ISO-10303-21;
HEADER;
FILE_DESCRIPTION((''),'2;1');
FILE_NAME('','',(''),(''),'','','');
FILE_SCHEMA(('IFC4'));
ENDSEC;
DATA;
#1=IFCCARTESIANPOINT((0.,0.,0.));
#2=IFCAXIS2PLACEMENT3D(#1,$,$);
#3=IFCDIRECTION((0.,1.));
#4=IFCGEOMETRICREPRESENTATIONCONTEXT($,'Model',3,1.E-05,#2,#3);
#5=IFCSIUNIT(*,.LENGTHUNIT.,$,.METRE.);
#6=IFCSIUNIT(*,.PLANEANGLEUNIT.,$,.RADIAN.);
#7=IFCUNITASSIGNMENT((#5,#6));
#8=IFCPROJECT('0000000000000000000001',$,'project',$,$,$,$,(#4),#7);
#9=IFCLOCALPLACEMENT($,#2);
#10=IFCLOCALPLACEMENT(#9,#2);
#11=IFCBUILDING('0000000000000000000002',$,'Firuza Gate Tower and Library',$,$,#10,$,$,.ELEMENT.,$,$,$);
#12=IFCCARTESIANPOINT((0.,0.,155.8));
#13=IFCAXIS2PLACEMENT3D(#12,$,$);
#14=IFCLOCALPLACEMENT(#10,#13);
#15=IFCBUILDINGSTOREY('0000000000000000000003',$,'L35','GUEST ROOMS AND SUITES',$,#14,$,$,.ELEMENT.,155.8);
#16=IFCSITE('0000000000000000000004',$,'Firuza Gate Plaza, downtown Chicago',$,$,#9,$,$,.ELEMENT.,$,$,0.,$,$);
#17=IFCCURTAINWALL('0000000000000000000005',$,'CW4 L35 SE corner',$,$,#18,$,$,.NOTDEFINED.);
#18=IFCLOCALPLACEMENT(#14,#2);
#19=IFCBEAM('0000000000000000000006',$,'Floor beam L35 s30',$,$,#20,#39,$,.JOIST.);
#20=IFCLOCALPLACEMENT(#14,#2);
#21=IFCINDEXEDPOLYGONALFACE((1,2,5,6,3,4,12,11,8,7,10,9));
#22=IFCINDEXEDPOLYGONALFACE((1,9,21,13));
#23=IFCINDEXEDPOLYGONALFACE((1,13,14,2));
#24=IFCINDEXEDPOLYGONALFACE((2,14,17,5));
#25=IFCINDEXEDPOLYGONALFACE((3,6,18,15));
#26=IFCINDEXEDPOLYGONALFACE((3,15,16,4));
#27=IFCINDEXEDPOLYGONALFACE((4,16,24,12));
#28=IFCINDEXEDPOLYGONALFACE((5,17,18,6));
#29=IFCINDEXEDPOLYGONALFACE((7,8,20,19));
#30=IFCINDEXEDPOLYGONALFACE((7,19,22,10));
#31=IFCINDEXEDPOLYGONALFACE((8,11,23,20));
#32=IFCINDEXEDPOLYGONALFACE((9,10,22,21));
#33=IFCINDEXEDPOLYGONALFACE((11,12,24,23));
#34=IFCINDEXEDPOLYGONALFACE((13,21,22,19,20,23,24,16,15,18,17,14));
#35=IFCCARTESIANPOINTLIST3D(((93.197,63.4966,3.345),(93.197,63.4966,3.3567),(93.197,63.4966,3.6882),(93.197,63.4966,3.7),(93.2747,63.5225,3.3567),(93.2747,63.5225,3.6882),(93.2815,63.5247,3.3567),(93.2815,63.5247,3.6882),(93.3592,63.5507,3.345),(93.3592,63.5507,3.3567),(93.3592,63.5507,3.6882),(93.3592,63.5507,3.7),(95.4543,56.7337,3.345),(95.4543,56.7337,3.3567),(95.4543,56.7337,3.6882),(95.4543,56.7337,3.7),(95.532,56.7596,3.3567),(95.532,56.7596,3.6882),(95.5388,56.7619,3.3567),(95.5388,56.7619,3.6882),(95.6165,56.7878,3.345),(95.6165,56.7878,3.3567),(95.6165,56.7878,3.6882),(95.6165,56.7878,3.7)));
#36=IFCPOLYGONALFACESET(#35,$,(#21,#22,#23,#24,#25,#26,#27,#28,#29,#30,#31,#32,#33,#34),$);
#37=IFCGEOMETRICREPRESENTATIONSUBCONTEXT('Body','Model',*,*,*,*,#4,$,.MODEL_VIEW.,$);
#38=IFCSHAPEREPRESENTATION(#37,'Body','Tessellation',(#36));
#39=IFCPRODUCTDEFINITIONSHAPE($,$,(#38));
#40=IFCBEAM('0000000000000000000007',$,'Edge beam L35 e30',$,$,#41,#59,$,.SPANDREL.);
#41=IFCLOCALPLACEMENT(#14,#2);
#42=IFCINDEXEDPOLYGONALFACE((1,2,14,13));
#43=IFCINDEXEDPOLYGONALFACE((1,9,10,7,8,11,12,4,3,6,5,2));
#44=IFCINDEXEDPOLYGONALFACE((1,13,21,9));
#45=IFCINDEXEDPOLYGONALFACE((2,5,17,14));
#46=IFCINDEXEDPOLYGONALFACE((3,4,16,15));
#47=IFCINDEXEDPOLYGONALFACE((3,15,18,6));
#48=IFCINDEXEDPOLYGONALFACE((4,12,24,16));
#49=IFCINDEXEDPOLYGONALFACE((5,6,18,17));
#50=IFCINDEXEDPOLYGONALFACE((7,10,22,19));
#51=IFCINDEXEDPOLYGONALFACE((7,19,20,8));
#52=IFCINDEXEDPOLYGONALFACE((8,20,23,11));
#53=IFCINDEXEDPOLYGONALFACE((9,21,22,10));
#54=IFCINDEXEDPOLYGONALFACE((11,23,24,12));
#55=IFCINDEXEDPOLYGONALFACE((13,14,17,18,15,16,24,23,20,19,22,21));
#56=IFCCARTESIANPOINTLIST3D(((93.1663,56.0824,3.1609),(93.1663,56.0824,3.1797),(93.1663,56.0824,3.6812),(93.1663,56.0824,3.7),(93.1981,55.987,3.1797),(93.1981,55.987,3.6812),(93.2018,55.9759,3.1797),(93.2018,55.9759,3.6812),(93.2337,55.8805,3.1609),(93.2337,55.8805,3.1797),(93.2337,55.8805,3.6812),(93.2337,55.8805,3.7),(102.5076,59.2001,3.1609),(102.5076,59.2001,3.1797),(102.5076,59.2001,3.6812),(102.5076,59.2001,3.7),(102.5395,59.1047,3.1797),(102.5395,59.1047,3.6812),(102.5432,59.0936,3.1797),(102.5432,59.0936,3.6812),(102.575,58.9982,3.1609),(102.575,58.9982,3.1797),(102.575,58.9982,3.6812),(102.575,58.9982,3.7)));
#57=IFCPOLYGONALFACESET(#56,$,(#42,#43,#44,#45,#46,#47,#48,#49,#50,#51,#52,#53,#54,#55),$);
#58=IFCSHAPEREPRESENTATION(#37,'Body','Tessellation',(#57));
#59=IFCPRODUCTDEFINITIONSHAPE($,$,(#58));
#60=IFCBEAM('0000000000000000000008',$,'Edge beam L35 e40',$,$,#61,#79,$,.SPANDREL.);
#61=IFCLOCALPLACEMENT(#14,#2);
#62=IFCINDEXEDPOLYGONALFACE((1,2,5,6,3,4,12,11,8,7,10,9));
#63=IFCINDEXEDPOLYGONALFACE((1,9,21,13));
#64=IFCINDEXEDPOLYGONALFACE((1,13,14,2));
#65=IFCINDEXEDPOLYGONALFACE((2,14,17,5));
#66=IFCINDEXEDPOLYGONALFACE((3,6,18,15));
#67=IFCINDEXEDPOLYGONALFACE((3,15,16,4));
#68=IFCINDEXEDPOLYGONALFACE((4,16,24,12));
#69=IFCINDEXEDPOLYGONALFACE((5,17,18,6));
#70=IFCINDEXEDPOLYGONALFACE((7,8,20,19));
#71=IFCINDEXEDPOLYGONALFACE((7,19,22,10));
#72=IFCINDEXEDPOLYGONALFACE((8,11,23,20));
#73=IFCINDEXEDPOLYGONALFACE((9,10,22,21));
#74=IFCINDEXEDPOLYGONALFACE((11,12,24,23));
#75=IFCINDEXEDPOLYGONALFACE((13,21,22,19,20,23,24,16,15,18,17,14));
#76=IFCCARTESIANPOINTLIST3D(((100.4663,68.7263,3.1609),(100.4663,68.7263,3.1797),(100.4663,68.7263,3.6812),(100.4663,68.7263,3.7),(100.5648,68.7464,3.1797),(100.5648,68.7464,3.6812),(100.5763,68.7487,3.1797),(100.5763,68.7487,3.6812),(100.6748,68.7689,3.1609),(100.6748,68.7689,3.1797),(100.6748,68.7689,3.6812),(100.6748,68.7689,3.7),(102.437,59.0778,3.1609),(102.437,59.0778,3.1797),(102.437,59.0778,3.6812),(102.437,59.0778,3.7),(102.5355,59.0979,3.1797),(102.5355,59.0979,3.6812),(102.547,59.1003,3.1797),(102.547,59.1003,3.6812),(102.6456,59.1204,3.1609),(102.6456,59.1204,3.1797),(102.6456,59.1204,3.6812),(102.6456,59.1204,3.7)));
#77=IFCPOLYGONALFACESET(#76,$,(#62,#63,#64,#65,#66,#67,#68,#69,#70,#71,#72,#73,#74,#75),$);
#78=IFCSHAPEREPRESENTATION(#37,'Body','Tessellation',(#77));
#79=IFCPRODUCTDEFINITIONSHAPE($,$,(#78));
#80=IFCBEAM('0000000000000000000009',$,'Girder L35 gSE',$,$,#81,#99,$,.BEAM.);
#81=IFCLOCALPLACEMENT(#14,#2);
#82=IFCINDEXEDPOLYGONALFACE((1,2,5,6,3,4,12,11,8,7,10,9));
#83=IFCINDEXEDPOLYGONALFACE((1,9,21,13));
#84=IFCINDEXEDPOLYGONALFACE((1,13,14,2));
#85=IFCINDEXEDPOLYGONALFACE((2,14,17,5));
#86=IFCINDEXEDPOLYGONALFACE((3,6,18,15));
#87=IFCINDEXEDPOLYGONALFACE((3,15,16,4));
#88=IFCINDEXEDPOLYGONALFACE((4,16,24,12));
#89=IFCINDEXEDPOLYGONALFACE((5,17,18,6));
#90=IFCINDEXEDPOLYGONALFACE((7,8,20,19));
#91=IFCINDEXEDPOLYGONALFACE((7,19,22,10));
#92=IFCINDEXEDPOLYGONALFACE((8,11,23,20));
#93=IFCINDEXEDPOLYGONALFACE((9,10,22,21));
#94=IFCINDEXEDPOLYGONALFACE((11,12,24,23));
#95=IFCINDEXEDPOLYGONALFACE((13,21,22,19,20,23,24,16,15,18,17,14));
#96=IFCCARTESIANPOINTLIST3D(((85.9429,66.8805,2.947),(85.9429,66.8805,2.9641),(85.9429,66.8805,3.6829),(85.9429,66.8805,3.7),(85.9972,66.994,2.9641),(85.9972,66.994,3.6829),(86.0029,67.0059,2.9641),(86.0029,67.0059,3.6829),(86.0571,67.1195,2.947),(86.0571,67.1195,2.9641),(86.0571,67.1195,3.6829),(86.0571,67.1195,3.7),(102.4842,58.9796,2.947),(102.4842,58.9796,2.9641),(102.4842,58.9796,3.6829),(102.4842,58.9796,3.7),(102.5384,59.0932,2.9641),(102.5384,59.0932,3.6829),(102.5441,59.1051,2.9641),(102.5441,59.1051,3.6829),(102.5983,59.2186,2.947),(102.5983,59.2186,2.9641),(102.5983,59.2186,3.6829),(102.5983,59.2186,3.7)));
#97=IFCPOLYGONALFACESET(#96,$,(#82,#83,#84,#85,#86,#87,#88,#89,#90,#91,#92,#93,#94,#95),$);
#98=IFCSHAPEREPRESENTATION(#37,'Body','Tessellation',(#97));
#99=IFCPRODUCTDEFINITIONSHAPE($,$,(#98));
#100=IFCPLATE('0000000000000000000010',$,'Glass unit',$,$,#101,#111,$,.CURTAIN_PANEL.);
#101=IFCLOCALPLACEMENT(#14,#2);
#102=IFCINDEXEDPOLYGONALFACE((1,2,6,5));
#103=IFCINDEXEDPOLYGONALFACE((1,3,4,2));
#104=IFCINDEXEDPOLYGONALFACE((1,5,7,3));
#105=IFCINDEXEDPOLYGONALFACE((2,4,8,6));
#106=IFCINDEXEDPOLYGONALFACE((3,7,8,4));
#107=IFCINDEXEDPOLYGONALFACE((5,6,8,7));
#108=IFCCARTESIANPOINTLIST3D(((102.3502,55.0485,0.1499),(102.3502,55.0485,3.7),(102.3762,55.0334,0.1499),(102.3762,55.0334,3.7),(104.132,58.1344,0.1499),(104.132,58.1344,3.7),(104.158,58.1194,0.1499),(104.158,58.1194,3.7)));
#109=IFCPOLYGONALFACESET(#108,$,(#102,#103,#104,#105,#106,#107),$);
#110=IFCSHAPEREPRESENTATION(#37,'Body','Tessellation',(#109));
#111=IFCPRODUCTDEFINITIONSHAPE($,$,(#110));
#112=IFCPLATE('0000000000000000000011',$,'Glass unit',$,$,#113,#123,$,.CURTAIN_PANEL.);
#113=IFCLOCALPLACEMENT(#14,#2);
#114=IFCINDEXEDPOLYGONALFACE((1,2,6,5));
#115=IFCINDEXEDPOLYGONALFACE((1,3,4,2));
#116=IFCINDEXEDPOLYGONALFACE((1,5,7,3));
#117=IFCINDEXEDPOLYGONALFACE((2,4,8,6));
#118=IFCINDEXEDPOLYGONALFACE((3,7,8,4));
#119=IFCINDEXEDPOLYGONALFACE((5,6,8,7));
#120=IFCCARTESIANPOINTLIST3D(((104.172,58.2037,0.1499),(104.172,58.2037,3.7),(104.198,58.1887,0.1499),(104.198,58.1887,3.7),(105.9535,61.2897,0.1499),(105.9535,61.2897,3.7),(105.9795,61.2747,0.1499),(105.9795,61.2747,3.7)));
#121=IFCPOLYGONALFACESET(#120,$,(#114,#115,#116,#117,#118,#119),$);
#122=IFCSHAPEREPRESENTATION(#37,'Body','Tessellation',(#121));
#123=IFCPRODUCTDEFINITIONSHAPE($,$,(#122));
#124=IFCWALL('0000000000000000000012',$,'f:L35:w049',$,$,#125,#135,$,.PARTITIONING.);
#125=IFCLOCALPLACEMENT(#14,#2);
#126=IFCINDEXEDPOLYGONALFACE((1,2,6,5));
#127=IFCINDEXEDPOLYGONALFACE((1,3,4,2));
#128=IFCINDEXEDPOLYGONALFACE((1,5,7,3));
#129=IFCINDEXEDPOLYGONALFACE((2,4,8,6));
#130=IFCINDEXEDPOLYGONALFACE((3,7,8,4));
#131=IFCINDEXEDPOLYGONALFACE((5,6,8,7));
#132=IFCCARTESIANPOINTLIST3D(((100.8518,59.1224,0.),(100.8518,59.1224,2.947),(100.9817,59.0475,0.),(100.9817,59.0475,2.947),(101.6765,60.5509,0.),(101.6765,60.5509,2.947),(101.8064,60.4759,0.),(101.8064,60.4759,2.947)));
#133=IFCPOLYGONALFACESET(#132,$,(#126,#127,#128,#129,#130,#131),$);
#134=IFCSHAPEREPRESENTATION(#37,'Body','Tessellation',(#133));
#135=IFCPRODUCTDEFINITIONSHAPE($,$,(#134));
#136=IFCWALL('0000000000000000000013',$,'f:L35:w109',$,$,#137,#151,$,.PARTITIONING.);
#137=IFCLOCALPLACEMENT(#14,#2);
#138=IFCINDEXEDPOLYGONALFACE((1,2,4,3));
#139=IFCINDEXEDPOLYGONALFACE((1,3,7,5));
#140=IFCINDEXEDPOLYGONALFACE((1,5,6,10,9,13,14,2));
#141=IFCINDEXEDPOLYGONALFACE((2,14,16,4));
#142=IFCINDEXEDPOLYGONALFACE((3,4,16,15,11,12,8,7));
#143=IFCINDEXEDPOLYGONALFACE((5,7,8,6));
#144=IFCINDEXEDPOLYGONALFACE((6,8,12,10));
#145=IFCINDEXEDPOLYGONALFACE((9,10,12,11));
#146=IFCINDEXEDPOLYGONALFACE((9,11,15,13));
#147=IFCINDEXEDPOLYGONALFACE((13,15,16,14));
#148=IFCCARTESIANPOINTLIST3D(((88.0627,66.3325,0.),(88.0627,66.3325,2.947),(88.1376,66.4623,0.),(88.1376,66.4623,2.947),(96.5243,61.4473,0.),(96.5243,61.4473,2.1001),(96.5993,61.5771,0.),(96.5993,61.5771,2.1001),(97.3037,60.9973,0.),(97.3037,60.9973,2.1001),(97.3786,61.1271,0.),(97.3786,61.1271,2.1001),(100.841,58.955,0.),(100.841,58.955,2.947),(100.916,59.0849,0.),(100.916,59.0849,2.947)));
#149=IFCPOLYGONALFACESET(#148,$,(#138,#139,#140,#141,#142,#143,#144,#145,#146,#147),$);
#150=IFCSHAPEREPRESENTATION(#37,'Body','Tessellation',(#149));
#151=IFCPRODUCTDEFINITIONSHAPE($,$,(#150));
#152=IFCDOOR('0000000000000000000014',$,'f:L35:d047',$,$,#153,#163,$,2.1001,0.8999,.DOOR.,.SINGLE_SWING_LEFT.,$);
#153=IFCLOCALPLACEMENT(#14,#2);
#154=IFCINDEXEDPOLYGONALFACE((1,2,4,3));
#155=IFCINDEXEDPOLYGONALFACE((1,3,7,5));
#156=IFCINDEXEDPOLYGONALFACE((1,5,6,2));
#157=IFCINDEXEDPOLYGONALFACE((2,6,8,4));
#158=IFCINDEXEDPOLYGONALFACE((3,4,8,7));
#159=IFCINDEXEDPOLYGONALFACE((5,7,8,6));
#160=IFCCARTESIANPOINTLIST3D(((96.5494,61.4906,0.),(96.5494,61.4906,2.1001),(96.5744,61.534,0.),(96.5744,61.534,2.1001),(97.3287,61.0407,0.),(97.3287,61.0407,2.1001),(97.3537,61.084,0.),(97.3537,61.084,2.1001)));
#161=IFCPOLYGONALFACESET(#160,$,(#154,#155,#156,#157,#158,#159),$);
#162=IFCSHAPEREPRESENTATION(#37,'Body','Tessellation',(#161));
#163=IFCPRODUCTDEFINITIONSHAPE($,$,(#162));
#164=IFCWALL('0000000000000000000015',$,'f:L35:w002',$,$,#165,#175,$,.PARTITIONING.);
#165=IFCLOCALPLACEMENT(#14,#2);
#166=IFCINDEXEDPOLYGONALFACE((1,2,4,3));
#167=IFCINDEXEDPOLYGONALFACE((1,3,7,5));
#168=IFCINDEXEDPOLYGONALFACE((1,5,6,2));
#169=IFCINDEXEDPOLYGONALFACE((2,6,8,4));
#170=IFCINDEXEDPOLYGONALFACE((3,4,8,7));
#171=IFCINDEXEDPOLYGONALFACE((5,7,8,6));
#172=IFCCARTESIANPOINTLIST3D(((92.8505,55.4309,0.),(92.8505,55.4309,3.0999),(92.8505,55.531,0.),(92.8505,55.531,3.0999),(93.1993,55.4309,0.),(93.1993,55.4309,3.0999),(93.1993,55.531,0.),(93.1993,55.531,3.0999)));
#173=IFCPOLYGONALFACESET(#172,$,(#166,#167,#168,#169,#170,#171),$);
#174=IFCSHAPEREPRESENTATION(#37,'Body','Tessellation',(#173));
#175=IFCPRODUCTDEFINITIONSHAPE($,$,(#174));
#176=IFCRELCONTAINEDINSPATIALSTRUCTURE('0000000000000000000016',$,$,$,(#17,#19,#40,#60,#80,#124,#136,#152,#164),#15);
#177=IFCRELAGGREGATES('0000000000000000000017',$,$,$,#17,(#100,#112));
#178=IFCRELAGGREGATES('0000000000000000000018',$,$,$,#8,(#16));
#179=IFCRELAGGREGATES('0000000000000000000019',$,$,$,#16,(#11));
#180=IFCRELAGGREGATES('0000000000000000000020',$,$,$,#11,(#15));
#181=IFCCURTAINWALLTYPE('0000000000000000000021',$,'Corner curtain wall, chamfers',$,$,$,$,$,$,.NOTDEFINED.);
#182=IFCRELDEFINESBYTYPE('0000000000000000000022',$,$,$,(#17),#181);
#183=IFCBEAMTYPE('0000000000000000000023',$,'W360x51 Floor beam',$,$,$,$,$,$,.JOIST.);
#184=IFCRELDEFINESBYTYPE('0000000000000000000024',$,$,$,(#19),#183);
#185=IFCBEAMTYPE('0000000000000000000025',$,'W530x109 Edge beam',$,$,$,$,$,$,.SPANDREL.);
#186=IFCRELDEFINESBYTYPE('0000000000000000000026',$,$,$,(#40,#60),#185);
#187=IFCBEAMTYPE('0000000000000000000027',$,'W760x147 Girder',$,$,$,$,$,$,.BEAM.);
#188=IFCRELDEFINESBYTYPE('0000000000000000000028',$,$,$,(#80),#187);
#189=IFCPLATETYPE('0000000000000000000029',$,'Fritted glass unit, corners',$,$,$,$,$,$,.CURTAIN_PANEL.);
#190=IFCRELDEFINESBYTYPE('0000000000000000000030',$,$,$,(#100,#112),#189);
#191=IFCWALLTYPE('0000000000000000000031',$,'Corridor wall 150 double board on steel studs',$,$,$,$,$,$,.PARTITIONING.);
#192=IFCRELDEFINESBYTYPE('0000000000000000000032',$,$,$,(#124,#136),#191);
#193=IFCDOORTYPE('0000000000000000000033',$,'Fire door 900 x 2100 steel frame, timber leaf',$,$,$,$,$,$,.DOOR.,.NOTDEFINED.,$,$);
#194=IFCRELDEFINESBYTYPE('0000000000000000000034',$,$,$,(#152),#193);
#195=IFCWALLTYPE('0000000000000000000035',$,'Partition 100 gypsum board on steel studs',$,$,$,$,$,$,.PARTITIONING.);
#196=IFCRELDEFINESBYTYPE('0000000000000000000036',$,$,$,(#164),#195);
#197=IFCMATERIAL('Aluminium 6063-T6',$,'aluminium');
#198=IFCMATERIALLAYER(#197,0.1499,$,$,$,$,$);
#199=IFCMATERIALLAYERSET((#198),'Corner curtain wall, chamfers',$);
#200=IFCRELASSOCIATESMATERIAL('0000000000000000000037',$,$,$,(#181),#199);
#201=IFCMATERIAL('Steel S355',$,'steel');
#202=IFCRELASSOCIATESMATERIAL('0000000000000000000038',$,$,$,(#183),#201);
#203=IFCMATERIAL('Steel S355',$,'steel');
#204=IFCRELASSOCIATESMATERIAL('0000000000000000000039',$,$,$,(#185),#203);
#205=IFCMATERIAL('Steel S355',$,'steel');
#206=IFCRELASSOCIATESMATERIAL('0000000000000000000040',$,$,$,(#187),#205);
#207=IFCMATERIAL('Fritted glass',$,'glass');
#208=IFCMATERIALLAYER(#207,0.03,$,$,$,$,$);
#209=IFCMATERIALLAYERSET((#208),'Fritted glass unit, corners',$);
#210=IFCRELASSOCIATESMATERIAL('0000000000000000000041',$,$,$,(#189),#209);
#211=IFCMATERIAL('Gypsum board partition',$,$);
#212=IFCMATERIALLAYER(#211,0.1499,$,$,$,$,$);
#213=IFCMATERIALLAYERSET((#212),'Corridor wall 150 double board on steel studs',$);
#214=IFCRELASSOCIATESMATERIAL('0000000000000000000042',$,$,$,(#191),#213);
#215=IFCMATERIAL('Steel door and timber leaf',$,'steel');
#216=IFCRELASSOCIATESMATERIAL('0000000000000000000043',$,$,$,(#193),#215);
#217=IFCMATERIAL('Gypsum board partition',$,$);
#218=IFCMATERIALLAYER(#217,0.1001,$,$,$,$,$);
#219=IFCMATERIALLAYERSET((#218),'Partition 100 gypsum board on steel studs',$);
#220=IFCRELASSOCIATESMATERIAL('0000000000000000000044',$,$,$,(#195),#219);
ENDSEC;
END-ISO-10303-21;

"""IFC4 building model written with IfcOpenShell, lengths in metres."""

from ifc_helpers import new_model, si_unit, direction, frame, frame_2d, origin, origin_2d, place, context, subcontext, project, spatial, polyline, rectangle, i_section, outline, extrude, material, layer, layer_set, material_profile, profile_set, type_object, element, fill, aggregate, save


model = new_model("IFC4")

# Units and contexts
model_context = context("Model", 3, precision=1e-05, world=origin(), true_north=direction((0.0, 1.0)))
body_context = subcontext(model_context, "Body", "Model", "MODEL_VIEW")
ifc_project = project(units=[si_unit("LENGTHUNIT", "METRE"), si_unit("PLANEANGLEUNIT", "RADIAN")], contexts=[model_context])

# Site, building, storey
site_placement = place(None, origin())
site = spatial("IfcSite", under=ifc_project, at=site_placement, Name="Firuza Gate Plaza, downtown Chicago", CompositionType="ELEMENT", RefElevation=0.0)
building_placement = place(site_placement, origin())
building = spatial("IfcBuilding", under=site, at=building_placement, Name="Firuza Gate Tower and Library", CompositionType="ELEMENT")
storey_placement = place(building_placement, frame((0.0, 0.0, 155.8)))
storey = spatial("IfcBuildingStorey", under=building, at=storey_placement, Name="L35", Description="GUEST ROOMS AND SUITES", CompositionType="ELEMENT", Elevation=155.8)

# Curtain wall
ifc_material_1 = material(Name="Aluminium 6063-T6", Category="aluminium")
ifc_layer_1 = layer(ifc_material_1, 0.1499)
ifc_layer_set_1 = layer_set([ifc_layer_1], Name="Corner curtain wall, chamfers")
curtain_wall_type = type_object("IfcCurtainWallType", Name="Corner curtain wall, chamfers", PredefinedType="NOTDEFINED", material=ifc_layer_set_1)
curtain_wall_placement = place(storey_placement, origin())
curtain_wall = element("IfcCurtainWall", 1, at=curtain_wall_placement, inside=storey, type_object=curtain_wall_type, Name="CW4 L35 SE corner", PredefinedType="NOTDEFINED")

# Beams
ifc_material_2 = material(Name="Steel S355", Category="steel")
ifc_material_profile_1 = material_profile(ifc_material_2, i_section(OverallWidth=0.1709, OverallDepth=0.355, WebThickness=0.0071, FlangeThickness=0.0117, at=origin_2d()))
ifc_profile_set_1 = profile_set([ifc_material_profile_1], Name="Steel S355")
beam_type_1 = type_object("IfcBeamType", Name="W360x51 Floor beam", PredefinedType="JOIST", material=ifc_profile_set_1)
beam_1_placement = place(storey_placement, frame((95.5354, 56.7607, 3.5225), z_axis=(-0.316608, 0.948557, 0.0), x_axis=(-0.948557, -0.316608, 0.0)))
element("IfcBeam", 2, at=beam_1_placement, inside=storey, type_object=beam_type_1, Name="Floor beam L35 s30", PredefinedType="JOIST", context=body_context, shape_type="SweptSolid", body=[
    extrude(i_section(OverallWidth=0.1709, OverallDepth=0.355, WebThickness=0.0071, FlangeThickness=0.0117, at=origin_2d()), origin(), (0.0, 0.0, 1.0), 7.1296),
])
ifc_material_3 = material(Name="Steel S355", Category="steel")
ifc_material_profile_2 = material_profile(ifc_material_3, i_section(OverallWidth=0.2129, OverallDepth=0.5391, WebThickness=0.0117, FlangeThickness=0.0188, at=origin_2d()))
ifc_profile_set_2 = profile_set([ifc_material_profile_2], Name="Steel S355")
beam_type_2 = type_object("IfcBeamType", Name="W530x109 Edge beam", PredefinedType="SPANDREL", material=ifc_profile_set_2)
beam_2_placement = place(storey_placement, frame((93.2, 55.9814, 3.4304), z_axis=(0.948564, 0.316585, 0.0), x_axis=(-0.316585, 0.948564, 0.0)))
element("IfcBeam", 3, at=beam_2_placement, inside=storey, type_object=beam_type_2, Name="Edge beam L35 e30", PredefinedType="SPANDREL", context=body_context, shape_type="SweptSolid", body=[
    extrude(i_section(OverallWidth=0.2129, OverallDepth=0.5391, WebThickness=0.0117, FlangeThickness=0.0188, at=origin_2d()), origin(), (0.0, 0.0, 1.0), 9.8479),
])
beam_3_placement = place(storey_placement, frame((102.5413, 59.0991, 3.4304), z_axis=(-0.200119, 0.979772, 0.0), x_axis=(-0.979772, -0.200119, 0.0)))
element("IfcBeam", 4, at=beam_3_placement, inside=storey, type_object=beam_type_2, Name="Edge beam L35 e40", PredefinedType="SPANDREL", context=body_context, shape_type="SweptSolid", body=[
    extrude(i_section(OverallWidth=0.2129, OverallDepth=0.5391, WebThickness=0.0117, FlangeThickness=0.0188, at=origin_2d()), origin(), (0.0, 0.0, 1.0), 9.8477),
])
ifc_material_4 = material(Name="Steel S355", Category="steel")
ifc_material_profile_3 = material_profile(ifc_material_4, i_section(OverallWidth=0.2649, OverallDepth=0.7529, WebThickness=0.0132, FlangeThickness=0.0171, at=origin_2d()))
ifc_profile_set_3 = profile_set([ifc_material_profile_3], Name="Steel S355")
beam_type_3 = type_object("IfcBeamType", Name="W760x147 Girder", PredefinedType="BEAM", material=ifc_profile_set_3)
beam_4_placement = place(storey_placement, frame((102.5413, 59.0991, 3.3235), z_axis=(-0.90235, 0.431004, 0.0), x_axis=(-0.431004, -0.90235, 0.0)))
element("IfcBeam", 5, at=beam_4_placement, inside=storey, type_object=beam_type_3, Name="Girder L35 gSE", PredefinedType="BEAM", context=body_context, shape_type="SweptSolid", body=[
    extrude(i_section(OverallWidth=0.2649, OverallDepth=0.7529, WebThickness=0.0132, FlangeThickness=0.0171, at=origin_2d()), origin(), (0.0, 0.0, 1.0), 18.3313),
])

# Plates
ifc_material_5 = material(Name="Fritted glass", Category="glass")
ifc_layer_2 = layer(ifc_material_5, 0.03)
ifc_layer_set_2 = layer_set([ifc_layer_2], Name="Fritted glass unit, corners")
plate_type = type_object("IfcPlateType", Name="Fritted glass unit, corners", PredefinedType="CURTAIN_PANEL", material=ifc_layer_set_2)
plate_1_placement = place(storey_placement, frame((102.3762, 55.0334, 0.1499), z_axis=(0.866017, -0.500015, 0.0), x_axis=(0.500015, 0.866017, 0.0)))
plate_1 = element("IfcPlate", 6, at=plate_1_placement, type_object=plate_type, Name="Glass unit", PredefinedType="CURTAIN_PANEL", context=body_context, shape_type="SweptSolid", body=[
    extrude(outline(polyline([(0.0, 0.0), (3.5634, 0.0), (3.5634, 3.55), (0.0, 3.55), (0.0, 0.0)])), origin(), (0.0, 0.0, -1.0), 0.03),
])
plate_2_placement = place(storey_placement, frame((104.198, 58.1887, 0.1499), z_axis=(0.866046, -0.499964, 0.0), x_axis=(0.499964, 0.866046, 0.0)))
plate_2 = element("IfcPlate", 7, at=plate_2_placement, type_object=plate_type, Name="Glass unit", PredefinedType="CURTAIN_PANEL", context=body_context, shape_type="SweptSolid", body=[
    extrude(outline(polyline([(0.0, 0.0), (3.5632, 0.0), (3.5632, 3.55), (0.0, 3.55), (0.0, 0.0)])), origin(), (0.0, 0.0, -1.0), 0.03),
])
aggregate(curtain_wall, [plate_1, plate_2])

# Wall
ifc_material_6 = material(Name="Gypsum board partition")
ifc_layer_3 = layer(ifc_material_6, 0.1499)
ifc_layer_set_3 = layer_set([ifc_layer_3], Name="Corridor wall 150 double board on steel studs")
wall_type_1 = type_object("IfcWallType", Name="Corridor wall 150 double board on steel studs", PredefinedType="PARTITIONING", material=ifc_layer_set_3)
wall_1_placement = place(storey_placement, frame((100.9167, 59.085, 0.0), z_axis=(0.0, 0.0, 1.0), x_axis=(0.499992, 0.86603, 0.0)))
element("IfcWall", 8, at=wall_1_placement, inside=storey, type_object=wall_type_1, Name="f:L35:w049", PredefinedType="PARTITIONING", context=body_context, shape_type="SweptSolid", body=[
    extrude(rectangle(XDim=1.6494, YDim=0.1499, at=frame_2d((0.8247, 0.0))), origin(), (0.0, 0.0, 1.0), 2.947),
])

# Wall, opening, door
wall_2_placement = place(storey_placement, frame((100.8784, 59.02, 0.0), z_axis=(0.0, 0.0, 1.0), x_axis=(-0.866029, 0.499994, 0.0)))
wall_2 = element("IfcWall", 9, at=wall_2_placement, inside=storey, type_object=wall_type_1, Name="f:L35:w109", PredefinedType="PARTITIONING", context=body_context, shape_type="SweptSolid", body=[
    extrude(rectangle(XDim=14.7551, YDim=0.1499, at=frame_2d((7.3774, 0.0))), origin(), (0.0, 0.0, 1.0), 2.947),
])
opening_placement = place(wall_2_placement, frame((4.0845, 0.0, 0.0)))
opening = element("IfcOpeningElement", 10, at=opening_placement, cuts=wall_2, PredefinedType="OPENING", context=body_context, shape_type="SweptSolid", body=[
    extrude(rectangle(XDim=0.8999, YDim=2.1001, at=frame_2d((0.45, 1.05))), frame((0.0, 0.085, 0.0), z_axis=(0.0, -1.0, 0.0), x_axis=(1.0, 0.0, 0.0)), (0.0, 0.0, 1.0), 0.1699),
])
ifc_material_7 = material(Name="Steel door and timber leaf", Category="steel")
door_type = type_object("IfcDoorType", Name="Fire door 900 x 2100 steel frame, timber leaf", OperationType="NOTDEFINED", PredefinedType="DOOR", material=ifc_material_7)
door_placement = place(opening_placement, origin())
door = element("IfcDoor", 11, at=door_placement, inside=storey, type_object=door_type, Name="f:L35:d047", OperationType="SINGLE_SWING_LEFT", OverallHeight=2.1001, OverallWidth=0.8999, PredefinedType="DOOR", context=body_context, shape_type="SweptSolid", body=[
    extrude(rectangle(XDim=0.8999, YDim=2.1001, at=frame_2d((0.45, 1.05))), frame((0.0, 0.0249, 0.0), z_axis=(0.0, -1.0, 0.0), x_axis=(1.0, 0.0, 0.0)), (0.0, 0.0, 1.0), 0.05),
])
fill(opening, door)

# Wall
ifc_material_8 = material(Name="Gypsum board partition")
ifc_layer_4 = layer(ifc_material_8, 0.1001)
ifc_layer_set_4 = layer_set([ifc_layer_4], Name="Partition 100 gypsum board on steel studs")
wall_type_2 = type_object("IfcWallType", Name="Partition 100 gypsum board on steel studs", PredefinedType="PARTITIONING", material=ifc_layer_set_4)
wall_3_placement = place(storey_placement, frame((92.8506, 55.481, 0.0), z_axis=(0.0, 0.0, 1.0), x_axis=(1.0, 0.0, 0.0)))
element("IfcWall", 12, at=wall_3_placement, inside=storey, type_object=wall_type_2, Name="f:L35:w002", PredefinedType="PARTITIONING", context=body_context, shape_type="SweptSolid", body=[
    extrude(rectangle(XDim=0.3489, YDim=0.1001, at=frame_2d((0.1743, 0.0))), origin(), (0.0, 0.0, 1.0), 3.0999),
])

save(model, "model.ifc")
